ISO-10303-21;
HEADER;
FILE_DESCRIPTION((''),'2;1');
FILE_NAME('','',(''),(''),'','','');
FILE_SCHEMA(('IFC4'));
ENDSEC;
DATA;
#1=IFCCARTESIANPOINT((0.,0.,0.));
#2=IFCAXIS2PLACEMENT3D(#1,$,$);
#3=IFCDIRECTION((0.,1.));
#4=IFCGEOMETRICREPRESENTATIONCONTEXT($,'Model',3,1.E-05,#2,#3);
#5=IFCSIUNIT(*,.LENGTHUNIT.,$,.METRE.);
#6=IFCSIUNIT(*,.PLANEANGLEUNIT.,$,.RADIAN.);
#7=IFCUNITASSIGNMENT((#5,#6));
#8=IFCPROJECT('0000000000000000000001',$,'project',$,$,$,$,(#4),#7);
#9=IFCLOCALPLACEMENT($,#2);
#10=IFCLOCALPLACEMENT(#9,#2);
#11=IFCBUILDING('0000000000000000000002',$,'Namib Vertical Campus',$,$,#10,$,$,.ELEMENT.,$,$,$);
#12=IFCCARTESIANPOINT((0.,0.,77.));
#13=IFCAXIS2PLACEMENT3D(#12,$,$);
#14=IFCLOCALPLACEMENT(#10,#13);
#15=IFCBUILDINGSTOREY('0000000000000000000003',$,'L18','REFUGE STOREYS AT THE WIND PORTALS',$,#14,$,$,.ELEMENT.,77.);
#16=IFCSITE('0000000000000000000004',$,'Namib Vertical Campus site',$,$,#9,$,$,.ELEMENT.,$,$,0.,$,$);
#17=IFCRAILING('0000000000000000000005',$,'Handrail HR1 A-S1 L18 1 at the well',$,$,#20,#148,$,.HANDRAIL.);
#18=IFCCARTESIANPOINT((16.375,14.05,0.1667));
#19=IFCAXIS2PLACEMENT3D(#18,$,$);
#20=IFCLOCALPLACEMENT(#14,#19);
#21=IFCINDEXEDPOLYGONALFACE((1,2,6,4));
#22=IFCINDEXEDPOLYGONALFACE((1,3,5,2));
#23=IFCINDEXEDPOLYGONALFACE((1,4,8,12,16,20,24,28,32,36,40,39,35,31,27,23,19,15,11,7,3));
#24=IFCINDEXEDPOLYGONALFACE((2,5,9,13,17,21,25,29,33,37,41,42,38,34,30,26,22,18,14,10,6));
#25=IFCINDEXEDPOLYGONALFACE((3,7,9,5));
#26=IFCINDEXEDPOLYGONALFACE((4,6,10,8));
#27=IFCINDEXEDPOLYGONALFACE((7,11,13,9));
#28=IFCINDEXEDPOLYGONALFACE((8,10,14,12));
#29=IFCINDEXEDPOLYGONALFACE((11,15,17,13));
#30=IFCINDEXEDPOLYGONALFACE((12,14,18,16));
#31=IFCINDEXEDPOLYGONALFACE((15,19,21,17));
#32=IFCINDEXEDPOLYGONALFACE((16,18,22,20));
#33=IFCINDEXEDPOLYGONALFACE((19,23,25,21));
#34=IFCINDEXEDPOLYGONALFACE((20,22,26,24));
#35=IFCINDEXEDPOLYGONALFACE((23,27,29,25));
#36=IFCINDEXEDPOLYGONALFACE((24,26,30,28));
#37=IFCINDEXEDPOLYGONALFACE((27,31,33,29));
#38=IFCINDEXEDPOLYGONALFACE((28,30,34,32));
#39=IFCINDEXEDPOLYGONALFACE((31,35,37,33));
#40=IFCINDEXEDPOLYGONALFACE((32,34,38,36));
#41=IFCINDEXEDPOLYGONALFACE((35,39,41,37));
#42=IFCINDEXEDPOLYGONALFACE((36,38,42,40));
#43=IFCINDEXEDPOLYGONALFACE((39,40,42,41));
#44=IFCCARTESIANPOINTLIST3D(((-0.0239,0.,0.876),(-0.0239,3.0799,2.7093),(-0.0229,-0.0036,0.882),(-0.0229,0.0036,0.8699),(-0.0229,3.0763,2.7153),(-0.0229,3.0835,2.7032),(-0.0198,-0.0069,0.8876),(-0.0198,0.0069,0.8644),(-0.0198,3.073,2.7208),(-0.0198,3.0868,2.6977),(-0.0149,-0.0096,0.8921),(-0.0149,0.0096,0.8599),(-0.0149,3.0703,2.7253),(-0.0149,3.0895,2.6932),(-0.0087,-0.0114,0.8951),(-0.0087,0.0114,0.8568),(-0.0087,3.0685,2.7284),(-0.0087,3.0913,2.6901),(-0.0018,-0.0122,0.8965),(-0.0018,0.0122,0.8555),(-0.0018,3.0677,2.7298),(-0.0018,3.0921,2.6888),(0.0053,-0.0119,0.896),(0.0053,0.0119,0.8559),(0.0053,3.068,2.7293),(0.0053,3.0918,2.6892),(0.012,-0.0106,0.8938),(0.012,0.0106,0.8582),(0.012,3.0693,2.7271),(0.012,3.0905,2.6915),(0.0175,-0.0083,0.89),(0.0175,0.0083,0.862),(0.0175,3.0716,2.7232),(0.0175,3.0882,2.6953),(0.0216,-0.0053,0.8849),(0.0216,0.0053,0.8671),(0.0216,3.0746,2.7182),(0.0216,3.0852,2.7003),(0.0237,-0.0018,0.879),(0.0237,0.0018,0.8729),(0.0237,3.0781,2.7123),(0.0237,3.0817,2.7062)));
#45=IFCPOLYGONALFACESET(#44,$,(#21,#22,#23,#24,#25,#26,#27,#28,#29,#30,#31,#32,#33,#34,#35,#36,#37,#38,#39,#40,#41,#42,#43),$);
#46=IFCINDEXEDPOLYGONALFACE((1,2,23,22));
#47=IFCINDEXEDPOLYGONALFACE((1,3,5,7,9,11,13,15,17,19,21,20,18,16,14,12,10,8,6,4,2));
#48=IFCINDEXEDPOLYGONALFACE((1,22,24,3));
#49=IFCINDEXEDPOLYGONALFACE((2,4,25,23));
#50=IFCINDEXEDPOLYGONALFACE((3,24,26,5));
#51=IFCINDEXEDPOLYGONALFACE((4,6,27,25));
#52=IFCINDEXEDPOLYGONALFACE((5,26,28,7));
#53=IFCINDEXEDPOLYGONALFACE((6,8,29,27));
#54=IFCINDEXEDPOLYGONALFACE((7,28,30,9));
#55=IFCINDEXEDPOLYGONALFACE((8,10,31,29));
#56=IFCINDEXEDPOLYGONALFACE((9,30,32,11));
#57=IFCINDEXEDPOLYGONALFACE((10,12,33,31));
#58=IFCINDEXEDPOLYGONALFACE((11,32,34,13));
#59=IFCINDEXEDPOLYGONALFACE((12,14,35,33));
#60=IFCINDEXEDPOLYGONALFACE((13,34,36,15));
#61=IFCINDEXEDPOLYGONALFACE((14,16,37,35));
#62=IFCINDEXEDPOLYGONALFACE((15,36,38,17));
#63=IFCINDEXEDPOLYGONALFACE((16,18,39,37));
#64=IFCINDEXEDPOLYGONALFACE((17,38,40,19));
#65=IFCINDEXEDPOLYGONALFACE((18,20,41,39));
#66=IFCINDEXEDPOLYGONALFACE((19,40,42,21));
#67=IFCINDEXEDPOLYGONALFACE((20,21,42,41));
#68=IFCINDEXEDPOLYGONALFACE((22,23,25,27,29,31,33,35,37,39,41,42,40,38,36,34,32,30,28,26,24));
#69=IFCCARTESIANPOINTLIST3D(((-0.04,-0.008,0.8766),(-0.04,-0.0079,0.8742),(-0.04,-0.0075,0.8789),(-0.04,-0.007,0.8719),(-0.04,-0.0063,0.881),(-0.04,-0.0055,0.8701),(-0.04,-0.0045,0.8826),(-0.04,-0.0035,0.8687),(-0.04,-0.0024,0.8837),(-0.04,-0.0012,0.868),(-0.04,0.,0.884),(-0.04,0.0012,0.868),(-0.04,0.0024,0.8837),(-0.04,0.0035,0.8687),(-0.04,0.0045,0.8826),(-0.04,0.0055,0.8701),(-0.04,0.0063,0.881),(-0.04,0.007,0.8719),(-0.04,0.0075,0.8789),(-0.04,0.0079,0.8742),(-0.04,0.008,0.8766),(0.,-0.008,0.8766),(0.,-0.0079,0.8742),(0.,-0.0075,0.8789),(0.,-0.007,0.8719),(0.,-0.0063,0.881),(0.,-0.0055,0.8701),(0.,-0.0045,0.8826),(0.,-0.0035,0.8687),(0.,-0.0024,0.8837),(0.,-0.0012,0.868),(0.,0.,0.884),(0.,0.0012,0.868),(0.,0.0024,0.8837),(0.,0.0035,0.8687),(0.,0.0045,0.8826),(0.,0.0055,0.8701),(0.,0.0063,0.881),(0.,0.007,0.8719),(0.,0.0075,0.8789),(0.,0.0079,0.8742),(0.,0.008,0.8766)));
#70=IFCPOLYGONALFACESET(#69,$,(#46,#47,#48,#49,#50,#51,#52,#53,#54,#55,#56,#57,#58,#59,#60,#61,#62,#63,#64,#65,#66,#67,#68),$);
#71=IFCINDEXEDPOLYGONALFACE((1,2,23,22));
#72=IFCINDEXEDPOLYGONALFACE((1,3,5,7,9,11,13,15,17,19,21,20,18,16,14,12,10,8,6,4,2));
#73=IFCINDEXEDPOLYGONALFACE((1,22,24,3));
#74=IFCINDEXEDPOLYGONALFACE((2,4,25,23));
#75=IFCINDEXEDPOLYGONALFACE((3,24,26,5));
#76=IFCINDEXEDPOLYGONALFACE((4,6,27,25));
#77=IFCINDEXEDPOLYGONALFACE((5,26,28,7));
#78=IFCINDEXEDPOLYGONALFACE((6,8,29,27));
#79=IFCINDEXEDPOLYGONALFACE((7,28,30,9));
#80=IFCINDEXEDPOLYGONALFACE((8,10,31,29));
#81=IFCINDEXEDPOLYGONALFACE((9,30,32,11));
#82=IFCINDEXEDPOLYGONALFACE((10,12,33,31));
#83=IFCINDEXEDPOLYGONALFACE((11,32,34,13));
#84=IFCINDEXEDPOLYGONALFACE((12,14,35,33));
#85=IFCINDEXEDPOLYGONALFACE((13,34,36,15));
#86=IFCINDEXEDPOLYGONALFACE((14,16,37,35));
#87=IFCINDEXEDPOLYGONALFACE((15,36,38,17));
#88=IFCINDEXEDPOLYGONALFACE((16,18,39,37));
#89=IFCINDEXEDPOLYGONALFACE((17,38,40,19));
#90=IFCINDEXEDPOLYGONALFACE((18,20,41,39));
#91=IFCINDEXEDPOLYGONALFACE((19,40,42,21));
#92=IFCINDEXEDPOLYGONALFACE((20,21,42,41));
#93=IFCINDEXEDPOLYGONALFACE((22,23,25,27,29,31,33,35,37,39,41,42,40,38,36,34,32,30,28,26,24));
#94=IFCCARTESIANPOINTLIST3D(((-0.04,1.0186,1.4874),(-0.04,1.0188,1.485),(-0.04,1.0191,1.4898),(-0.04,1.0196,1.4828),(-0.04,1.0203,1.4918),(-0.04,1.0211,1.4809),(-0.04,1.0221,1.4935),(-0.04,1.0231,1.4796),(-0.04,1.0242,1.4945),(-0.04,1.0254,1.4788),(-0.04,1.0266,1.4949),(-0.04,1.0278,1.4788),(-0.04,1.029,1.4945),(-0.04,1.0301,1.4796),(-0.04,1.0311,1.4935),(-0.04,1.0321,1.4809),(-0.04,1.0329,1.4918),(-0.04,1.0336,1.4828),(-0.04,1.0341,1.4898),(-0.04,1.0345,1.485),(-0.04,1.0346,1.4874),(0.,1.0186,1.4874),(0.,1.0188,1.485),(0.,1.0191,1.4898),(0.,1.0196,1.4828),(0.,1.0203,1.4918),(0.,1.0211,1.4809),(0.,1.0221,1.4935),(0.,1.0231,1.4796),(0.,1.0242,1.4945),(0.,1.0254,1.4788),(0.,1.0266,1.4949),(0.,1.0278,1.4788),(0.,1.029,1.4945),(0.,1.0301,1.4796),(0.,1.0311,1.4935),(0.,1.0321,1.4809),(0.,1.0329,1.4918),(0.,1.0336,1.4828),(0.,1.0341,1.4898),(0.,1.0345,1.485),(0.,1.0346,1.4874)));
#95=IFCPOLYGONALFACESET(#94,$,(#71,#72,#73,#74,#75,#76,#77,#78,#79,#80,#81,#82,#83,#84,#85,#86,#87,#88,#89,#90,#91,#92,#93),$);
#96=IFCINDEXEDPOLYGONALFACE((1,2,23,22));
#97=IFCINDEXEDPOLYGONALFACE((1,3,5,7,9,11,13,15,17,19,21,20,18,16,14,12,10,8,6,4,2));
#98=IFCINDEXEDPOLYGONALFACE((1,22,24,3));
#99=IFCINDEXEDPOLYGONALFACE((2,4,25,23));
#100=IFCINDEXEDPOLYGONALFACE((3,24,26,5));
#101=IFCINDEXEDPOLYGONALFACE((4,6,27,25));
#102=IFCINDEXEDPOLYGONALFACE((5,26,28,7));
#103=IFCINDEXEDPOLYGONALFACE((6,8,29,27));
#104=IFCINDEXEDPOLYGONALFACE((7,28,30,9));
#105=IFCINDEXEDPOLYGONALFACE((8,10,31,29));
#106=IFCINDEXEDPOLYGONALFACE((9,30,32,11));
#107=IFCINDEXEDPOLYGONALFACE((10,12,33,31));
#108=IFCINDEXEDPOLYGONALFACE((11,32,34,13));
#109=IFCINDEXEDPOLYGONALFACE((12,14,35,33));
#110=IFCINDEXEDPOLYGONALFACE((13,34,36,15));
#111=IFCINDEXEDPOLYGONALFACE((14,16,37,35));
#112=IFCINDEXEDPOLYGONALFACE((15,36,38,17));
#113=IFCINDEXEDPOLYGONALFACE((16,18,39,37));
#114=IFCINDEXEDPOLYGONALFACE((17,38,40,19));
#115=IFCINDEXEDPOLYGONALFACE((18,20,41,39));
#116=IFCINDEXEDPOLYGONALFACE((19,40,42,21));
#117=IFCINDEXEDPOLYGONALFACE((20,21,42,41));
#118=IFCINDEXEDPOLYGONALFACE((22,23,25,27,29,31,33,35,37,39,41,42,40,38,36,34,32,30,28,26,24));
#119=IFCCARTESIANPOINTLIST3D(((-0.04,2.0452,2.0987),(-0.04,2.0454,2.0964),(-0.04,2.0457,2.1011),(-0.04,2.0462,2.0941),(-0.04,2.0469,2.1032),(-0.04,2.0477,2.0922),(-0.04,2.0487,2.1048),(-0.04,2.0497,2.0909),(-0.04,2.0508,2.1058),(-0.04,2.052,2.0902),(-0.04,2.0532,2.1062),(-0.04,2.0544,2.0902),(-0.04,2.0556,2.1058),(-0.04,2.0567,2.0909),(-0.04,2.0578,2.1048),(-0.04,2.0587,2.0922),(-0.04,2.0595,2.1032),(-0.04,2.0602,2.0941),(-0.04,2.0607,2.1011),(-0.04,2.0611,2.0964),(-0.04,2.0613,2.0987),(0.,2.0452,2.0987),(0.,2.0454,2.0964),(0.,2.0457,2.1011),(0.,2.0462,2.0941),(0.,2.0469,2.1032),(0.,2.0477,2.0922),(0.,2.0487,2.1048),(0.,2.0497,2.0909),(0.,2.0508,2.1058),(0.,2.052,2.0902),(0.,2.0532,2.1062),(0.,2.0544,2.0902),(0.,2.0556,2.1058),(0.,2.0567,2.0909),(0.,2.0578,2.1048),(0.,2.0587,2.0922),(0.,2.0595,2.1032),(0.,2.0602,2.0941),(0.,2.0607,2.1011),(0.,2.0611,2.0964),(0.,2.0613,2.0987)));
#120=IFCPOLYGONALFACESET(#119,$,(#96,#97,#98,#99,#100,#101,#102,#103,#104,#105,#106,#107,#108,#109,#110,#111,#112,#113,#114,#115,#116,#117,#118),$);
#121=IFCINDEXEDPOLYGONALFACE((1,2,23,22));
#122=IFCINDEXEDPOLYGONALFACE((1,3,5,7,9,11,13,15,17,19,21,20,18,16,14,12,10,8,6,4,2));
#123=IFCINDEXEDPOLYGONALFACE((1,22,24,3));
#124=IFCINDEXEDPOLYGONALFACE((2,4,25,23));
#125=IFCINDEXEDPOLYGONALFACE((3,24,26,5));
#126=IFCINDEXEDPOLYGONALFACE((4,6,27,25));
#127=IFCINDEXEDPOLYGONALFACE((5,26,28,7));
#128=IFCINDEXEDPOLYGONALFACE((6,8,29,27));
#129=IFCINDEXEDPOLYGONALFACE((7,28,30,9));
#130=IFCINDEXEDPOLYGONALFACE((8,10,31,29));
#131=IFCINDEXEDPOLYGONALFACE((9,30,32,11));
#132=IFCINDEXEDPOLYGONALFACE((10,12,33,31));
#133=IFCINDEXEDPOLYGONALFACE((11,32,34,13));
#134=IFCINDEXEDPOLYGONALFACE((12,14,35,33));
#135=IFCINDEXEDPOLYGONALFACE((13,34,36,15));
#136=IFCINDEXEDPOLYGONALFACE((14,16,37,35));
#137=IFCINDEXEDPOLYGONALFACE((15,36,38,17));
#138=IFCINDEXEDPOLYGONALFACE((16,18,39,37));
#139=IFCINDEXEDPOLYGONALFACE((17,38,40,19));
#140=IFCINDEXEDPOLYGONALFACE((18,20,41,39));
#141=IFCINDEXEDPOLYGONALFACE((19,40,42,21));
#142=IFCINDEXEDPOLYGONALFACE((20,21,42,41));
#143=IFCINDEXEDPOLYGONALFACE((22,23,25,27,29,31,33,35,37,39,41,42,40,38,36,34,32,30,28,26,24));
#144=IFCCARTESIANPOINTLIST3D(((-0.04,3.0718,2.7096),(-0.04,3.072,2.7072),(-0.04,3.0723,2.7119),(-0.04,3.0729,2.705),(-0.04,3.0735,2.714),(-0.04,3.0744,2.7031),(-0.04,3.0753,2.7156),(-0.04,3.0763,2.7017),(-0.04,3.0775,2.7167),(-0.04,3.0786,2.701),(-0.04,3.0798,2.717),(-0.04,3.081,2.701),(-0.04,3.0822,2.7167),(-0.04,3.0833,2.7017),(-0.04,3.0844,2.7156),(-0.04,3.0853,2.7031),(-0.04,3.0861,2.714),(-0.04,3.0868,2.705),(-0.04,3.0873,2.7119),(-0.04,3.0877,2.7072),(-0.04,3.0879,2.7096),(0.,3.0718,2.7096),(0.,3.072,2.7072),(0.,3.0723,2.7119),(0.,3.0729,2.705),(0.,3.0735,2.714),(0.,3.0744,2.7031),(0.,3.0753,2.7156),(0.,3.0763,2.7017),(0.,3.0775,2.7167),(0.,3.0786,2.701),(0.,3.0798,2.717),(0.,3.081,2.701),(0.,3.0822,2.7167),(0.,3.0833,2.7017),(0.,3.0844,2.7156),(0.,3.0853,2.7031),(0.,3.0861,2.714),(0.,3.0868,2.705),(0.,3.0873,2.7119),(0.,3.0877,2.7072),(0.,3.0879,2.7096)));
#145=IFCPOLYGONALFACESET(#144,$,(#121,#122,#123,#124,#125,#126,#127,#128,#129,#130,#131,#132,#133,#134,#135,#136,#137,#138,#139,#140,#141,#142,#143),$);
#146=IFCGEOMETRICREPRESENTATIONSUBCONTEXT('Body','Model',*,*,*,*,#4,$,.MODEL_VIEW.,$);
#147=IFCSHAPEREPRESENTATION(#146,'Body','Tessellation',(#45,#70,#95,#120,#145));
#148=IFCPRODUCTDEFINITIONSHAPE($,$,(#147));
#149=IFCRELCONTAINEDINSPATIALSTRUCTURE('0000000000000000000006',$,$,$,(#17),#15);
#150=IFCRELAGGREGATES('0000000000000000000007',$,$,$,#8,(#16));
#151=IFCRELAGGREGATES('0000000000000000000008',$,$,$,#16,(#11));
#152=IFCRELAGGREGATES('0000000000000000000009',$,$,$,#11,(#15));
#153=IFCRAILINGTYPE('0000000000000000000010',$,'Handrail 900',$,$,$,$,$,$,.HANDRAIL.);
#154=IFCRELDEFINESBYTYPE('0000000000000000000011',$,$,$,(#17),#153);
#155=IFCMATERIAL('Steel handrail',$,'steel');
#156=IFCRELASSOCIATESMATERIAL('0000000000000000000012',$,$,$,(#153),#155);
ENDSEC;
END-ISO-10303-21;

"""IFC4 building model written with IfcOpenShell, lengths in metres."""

from ifc_helpers import new_model, si_unit, direction, frame, origin, origin_2d, place, context, subcontext, project, spatial, circle, extrude, material, type_object, element, save


model = new_model("IFC4")

# Units and contexts
model_context = context("Model", 3, precision=1e-05, world=origin(), true_north=direction((0.0, 1.0)))
body_context = subcontext(model_context, "Body", "Model", "MODEL_VIEW")
ifc_project = project(units=[si_unit("LENGTHUNIT", "METRE"), si_unit("PLANEANGLEUNIT", "RADIAN")], contexts=[model_context])

# Site, building, storey
site_placement = place(None, origin())
site = spatial("IfcSite", under=ifc_project, at=site_placement, Name="Namib Vertical Campus site", CompositionType="ELEMENT", RefElevation=0.0)
building_placement = place(site_placement, origin())
building = spatial("IfcBuilding", under=site, at=building_placement, Name="Namib Vertical Campus", CompositionType="ELEMENT")
storey_placement = place(building_placement, frame((0.0, 0.0, 77.0)))
storey = spatial("IfcBuildingStorey", under=building, at=storey_placement, Name="L18", Description="REFUGE STOREYS AT THE WIND PORTALS", CompositionType="ELEMENT", Elevation=77.0)

# Railing
ifc_material_1 = material(Name="Steel handrail", Category="steel")
railing_type_1 = type_object("IfcRailingType", Name="Handrail 900", PredefinedType="HANDRAIL", material=ifc_material_1)
railing_1_placement = place(storey_placement, frame((16.375, 14.05, 0.1667)))
element("IfcRailing", 1, at=railing_1_placement, inside=storey, type_object=railing_type_1, Name="Handrail HR1 A-S1 L18 1 at the well", PredefinedType="HANDRAIL", context=body_context, shape_type="SweptSolid", body=[
    extrude(circle(Radius=0.0239, at=origin_2d()), frame((0.0, 0.0, 0.876), z_axis=(0.0, 0.859291, 0.511487), x_axis=(-1.0, 0.0, 0.0)), (0.0, 0.0, 1.0), 3.5842),
    extrude(circle(Radius=0.0081, at=origin_2d()), frame((0.0, 0.0, 0.876), z_axis=(-1.0, 0.0, 0.0), x_axis=(0.0, 0.0, 1.0)), (0.0, 0.0, 1.0), 0.04),
    extrude(circle(Radius=0.0081, at=origin_2d()), frame((0.0, 1.0266, 1.4868), z_axis=(-1.0, 0.0, 0.0), x_axis=(0.0, 0.0, 1.0)), (0.0, 0.0, 1.0), 0.04),
    extrude(circle(Radius=0.0081, at=origin_2d()), frame((0.0, 2.0532, 2.0981), z_axis=(-1.0, 0.0, 0.0), x_axis=(0.0, 0.0, 1.0)), (0.0, 0.0, 1.0), 0.04),
    extrude(circle(Radius=0.0081, at=origin_2d()), frame((0.0, 3.0798, 2.709), z_axis=(-1.0, 0.0, 0.0), x_axis=(0.0, 0.0, 1.0)), (0.0, 0.0, 1.0), 0.04),
])

save(model, "model.ifc")
